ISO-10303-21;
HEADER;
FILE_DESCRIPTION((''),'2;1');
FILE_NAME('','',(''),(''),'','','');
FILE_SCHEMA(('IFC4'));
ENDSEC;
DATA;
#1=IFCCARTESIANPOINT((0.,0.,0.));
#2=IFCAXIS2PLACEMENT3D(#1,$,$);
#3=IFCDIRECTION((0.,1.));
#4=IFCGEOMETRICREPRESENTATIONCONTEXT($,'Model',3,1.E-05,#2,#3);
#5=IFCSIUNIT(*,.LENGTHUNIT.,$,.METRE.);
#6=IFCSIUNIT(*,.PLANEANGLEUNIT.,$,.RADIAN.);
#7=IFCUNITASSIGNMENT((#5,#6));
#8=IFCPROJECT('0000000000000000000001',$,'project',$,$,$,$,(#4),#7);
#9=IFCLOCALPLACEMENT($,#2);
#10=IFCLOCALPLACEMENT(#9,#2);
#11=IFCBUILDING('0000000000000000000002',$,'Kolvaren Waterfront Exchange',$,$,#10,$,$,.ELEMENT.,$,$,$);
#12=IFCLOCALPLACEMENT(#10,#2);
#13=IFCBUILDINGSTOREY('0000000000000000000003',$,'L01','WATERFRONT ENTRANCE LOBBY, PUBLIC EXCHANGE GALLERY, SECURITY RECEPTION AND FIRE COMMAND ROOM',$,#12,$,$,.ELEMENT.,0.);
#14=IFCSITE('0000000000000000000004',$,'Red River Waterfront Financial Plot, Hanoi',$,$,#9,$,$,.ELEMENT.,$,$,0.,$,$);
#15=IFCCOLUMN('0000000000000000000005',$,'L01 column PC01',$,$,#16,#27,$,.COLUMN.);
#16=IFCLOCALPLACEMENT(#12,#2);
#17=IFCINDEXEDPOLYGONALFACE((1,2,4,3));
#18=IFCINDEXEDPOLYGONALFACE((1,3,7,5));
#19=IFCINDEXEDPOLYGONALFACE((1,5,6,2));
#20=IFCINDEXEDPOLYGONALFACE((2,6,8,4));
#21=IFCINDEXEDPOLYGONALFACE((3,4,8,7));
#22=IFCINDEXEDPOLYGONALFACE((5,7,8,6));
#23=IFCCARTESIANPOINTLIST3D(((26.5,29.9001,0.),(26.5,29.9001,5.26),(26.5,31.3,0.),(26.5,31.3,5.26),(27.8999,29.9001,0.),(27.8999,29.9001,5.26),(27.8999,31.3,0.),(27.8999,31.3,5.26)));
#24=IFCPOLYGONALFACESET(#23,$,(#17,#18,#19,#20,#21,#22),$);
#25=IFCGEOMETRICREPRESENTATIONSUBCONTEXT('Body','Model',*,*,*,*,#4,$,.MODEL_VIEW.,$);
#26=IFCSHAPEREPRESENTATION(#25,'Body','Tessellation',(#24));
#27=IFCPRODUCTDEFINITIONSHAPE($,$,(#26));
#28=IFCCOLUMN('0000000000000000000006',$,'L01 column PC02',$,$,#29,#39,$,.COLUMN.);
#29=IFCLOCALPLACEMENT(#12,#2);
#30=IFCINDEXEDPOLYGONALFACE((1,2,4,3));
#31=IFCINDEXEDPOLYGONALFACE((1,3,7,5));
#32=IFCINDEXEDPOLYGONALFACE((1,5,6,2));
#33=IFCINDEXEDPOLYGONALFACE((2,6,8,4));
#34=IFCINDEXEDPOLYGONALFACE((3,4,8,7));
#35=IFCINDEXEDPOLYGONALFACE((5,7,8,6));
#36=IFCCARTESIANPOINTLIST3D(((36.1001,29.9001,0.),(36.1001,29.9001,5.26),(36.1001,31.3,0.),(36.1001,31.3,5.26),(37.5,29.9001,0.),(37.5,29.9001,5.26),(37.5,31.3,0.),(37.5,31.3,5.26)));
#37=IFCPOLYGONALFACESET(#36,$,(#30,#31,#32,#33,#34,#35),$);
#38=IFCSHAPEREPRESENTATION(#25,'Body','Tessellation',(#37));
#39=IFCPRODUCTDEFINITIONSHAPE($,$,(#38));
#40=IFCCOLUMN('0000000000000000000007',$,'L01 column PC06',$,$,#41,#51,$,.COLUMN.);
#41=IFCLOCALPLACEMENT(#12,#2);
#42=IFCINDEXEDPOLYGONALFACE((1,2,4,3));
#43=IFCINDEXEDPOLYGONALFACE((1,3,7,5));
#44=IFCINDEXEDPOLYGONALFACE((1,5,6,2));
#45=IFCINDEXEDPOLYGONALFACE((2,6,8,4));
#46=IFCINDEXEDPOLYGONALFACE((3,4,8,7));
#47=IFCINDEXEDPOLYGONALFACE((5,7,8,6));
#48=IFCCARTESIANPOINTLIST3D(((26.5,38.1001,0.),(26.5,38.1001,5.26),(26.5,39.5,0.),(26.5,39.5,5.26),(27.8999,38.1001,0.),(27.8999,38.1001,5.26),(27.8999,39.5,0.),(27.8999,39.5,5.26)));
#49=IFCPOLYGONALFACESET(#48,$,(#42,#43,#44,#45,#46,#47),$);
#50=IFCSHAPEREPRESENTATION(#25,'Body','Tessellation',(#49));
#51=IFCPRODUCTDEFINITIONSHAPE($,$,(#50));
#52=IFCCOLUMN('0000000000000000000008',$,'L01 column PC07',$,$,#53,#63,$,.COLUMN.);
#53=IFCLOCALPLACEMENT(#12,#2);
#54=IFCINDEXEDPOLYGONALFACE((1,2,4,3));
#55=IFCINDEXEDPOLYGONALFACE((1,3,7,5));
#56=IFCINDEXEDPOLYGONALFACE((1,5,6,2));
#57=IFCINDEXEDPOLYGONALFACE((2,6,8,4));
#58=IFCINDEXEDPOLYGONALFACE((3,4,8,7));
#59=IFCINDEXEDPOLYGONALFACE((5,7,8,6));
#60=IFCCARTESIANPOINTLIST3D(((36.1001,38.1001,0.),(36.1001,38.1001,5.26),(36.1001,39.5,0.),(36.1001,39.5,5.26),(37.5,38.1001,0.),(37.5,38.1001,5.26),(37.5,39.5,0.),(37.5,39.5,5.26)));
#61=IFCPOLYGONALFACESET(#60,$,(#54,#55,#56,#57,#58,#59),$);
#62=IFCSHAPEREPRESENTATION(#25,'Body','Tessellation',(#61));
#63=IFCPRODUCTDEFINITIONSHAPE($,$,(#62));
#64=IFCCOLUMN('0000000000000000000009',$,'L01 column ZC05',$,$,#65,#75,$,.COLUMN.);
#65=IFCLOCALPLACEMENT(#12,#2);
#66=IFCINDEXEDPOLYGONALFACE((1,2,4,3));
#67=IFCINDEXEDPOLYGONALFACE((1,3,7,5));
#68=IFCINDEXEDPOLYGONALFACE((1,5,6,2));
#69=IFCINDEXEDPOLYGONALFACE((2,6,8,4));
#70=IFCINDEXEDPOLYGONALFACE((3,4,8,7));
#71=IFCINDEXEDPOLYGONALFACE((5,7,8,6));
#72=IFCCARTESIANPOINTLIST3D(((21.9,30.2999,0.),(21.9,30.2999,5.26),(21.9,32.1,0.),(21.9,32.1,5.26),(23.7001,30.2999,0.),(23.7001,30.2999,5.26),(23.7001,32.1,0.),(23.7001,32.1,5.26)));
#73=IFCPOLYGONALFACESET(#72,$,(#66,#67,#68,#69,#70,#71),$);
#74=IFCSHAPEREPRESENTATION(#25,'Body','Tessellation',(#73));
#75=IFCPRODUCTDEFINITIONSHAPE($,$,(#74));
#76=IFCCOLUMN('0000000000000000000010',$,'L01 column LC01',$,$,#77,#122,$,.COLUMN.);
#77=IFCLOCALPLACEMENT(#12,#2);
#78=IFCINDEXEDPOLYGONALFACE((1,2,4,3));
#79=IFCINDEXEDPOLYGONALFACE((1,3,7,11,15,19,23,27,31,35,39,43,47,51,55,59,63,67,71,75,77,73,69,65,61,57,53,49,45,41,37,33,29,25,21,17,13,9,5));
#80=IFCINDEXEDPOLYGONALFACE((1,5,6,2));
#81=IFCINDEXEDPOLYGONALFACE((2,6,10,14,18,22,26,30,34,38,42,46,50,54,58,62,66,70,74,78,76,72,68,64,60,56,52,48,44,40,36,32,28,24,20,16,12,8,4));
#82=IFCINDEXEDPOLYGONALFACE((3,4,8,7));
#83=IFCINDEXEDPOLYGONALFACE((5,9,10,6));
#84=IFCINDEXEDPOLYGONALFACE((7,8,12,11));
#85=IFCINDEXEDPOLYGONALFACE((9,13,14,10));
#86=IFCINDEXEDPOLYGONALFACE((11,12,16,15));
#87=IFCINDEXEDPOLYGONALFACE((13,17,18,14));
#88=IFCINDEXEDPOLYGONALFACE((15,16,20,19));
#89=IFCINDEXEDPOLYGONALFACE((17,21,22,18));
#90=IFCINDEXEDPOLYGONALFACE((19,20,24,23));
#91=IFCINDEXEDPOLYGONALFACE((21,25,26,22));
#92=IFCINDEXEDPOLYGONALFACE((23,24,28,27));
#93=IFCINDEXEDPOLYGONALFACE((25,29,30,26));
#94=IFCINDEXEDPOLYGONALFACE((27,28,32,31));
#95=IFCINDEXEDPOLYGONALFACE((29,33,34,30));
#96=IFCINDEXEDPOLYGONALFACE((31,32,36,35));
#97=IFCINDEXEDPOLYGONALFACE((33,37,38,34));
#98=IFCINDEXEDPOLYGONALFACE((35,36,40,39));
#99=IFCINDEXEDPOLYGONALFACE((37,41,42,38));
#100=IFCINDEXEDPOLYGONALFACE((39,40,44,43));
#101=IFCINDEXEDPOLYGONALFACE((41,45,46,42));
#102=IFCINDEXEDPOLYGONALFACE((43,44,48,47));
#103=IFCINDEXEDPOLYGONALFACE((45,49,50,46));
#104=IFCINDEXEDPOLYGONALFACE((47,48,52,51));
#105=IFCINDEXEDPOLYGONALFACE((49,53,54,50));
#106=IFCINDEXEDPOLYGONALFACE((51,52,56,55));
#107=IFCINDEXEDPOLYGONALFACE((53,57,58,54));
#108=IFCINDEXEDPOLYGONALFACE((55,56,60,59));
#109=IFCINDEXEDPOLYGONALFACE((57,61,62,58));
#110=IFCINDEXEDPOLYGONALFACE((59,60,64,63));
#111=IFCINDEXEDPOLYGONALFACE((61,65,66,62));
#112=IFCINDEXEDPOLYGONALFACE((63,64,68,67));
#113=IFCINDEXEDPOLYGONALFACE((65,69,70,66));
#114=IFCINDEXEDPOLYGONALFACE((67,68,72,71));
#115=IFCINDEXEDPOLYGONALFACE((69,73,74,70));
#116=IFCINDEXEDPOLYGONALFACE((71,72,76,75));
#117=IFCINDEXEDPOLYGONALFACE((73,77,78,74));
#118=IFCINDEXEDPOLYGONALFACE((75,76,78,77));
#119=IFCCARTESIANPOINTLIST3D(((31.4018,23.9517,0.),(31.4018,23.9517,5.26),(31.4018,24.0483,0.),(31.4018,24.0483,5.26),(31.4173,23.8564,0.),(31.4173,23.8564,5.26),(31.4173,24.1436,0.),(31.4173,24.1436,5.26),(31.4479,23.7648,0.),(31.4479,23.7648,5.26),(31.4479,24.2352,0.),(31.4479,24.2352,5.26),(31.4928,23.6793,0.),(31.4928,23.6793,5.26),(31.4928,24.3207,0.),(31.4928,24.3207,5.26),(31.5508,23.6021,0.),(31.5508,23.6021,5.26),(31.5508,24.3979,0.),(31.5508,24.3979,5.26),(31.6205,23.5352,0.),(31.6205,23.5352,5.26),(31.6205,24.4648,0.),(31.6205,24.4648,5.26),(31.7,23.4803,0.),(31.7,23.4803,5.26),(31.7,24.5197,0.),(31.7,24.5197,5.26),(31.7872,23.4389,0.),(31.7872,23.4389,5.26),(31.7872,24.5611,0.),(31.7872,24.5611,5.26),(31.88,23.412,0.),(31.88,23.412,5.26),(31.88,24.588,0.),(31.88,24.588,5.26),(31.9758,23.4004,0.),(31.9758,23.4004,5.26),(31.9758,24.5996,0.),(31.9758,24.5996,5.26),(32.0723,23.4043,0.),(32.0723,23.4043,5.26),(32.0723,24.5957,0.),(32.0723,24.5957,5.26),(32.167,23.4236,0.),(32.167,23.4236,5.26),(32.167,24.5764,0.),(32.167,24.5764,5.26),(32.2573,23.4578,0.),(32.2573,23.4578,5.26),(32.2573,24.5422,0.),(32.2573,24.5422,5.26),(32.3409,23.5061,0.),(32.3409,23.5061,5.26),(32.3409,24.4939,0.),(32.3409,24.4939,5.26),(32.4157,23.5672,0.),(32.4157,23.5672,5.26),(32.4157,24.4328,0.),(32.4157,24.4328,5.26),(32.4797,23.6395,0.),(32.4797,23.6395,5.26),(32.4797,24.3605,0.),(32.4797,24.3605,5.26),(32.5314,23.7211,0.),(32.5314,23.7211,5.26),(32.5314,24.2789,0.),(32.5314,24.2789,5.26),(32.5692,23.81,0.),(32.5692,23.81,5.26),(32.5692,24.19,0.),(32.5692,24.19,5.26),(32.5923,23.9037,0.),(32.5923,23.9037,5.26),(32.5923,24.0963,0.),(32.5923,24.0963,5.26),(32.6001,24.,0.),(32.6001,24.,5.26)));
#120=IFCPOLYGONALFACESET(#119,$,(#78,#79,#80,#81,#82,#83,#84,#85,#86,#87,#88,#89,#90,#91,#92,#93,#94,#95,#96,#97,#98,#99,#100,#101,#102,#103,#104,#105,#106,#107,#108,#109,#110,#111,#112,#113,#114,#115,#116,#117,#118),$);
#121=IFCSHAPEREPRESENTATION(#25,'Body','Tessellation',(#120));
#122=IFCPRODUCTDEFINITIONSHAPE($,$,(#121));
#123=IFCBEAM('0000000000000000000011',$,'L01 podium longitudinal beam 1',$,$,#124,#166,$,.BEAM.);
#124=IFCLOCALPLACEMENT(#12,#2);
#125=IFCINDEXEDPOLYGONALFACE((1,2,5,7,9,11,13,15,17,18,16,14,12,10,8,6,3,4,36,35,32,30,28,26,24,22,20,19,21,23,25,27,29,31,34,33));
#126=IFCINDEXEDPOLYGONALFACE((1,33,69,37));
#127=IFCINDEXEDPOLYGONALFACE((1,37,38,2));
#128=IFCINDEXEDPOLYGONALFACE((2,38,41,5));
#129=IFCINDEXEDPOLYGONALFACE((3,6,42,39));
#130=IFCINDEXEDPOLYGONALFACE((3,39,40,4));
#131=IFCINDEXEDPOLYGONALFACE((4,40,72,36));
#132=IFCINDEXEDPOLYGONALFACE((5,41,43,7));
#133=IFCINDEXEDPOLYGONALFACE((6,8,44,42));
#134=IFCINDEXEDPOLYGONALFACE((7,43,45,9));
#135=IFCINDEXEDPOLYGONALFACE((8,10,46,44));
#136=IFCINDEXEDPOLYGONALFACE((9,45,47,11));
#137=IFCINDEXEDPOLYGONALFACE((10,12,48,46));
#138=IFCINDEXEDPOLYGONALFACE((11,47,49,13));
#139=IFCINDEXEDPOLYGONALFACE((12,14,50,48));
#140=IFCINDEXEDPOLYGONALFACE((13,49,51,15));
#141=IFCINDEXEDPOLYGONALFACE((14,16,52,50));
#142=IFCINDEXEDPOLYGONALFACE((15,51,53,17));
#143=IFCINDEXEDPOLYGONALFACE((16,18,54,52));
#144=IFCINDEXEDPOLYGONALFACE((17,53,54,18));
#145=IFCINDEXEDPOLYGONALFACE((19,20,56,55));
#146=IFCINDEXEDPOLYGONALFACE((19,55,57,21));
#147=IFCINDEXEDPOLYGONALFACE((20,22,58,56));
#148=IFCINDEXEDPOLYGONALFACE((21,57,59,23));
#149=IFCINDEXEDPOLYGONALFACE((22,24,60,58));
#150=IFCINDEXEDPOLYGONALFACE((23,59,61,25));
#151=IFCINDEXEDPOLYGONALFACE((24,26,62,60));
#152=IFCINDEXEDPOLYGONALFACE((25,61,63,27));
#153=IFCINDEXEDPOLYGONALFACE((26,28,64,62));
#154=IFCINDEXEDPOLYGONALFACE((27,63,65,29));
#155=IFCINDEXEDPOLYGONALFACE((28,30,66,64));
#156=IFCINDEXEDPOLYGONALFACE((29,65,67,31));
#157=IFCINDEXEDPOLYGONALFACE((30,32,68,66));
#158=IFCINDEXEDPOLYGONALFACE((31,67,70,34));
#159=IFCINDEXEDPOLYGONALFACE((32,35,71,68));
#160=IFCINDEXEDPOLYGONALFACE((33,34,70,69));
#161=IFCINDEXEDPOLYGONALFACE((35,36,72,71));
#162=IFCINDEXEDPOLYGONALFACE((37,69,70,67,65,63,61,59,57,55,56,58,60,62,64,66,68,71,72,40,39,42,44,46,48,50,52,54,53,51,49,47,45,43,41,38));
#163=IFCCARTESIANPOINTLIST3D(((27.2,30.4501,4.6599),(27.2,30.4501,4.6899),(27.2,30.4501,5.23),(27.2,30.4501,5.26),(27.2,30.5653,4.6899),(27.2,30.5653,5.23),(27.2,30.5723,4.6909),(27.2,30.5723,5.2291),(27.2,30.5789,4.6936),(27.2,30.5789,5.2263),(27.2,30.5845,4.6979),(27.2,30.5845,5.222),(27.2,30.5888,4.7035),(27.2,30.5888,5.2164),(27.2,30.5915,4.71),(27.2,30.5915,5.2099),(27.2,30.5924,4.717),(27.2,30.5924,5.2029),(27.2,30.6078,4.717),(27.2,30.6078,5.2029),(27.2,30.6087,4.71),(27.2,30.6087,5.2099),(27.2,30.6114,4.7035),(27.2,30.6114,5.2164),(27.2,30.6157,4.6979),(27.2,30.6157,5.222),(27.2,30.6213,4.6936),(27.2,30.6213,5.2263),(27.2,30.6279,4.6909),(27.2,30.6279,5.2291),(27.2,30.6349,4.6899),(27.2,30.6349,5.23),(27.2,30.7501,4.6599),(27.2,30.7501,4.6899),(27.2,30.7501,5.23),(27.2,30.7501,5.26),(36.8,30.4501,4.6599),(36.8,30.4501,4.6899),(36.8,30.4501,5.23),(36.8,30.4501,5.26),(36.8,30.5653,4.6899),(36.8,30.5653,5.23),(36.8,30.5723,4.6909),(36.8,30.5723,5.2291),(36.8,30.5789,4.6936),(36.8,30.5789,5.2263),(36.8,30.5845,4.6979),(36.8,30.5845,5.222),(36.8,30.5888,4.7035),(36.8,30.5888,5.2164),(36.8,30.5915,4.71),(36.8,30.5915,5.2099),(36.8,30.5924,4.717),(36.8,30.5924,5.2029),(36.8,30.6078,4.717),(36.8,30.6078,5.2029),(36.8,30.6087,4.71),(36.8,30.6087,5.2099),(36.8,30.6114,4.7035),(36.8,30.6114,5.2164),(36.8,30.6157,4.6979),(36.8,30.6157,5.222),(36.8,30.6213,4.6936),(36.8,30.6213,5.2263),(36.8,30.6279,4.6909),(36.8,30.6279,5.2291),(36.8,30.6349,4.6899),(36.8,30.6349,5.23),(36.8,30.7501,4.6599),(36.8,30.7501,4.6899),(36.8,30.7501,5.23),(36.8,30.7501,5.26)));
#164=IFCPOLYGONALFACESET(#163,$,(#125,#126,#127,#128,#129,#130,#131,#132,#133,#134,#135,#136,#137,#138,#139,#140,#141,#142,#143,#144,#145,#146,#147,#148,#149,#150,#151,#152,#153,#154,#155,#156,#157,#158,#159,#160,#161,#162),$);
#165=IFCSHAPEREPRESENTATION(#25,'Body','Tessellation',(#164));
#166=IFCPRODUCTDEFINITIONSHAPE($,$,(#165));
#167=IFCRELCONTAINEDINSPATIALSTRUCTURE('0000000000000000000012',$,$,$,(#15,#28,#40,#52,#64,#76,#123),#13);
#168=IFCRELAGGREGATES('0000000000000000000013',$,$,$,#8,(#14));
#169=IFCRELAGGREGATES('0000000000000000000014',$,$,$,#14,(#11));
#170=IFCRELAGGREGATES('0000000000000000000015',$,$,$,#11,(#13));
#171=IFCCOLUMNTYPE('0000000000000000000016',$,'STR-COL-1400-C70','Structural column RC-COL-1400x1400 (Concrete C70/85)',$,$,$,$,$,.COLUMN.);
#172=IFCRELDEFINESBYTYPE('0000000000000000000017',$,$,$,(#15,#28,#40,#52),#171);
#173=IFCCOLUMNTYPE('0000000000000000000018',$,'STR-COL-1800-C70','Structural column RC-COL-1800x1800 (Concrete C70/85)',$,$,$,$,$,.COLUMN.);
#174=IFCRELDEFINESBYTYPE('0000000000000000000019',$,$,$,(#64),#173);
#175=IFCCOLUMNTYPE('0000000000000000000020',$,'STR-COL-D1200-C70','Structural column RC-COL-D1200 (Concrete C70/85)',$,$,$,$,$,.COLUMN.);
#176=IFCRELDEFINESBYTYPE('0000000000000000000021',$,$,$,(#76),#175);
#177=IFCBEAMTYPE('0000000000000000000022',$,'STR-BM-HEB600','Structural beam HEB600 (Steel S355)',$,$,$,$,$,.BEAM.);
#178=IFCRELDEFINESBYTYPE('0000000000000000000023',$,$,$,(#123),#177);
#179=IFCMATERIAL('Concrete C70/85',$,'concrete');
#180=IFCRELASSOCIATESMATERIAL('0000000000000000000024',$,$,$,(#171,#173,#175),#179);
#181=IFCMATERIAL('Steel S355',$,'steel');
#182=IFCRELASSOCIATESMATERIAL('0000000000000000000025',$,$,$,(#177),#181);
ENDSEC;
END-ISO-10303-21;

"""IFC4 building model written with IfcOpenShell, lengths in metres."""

from ifc_helpers import new_model, si_unit, direction, frame, origin, origin_2d, place, context, subcontext, project, spatial, rectangle, circle, i_section, extrude, material, material_profile, profile_set, type_object, element, save


model = new_model("IFC4")

# Units and contexts
model_context = context("Model", 3, precision=1e-05, world=origin(), true_north=direction((0.0, 1.0)))
body_context = subcontext(model_context, "Body", "Model", "MODEL_VIEW")
ifc_project = project(units=[si_unit("LENGTHUNIT", "METRE"), si_unit("PLANEANGLEUNIT", "RADIAN")], contexts=[model_context])

# Site, building, storey
site_placement = place(None, origin())
site = spatial("IfcSite", under=ifc_project, at=site_placement, Name="Red River Waterfront Financial Plot, Hanoi", CompositionType="ELEMENT", RefElevation=0.0)
building_placement = place(site_placement, origin())
building = spatial("IfcBuilding", under=site, at=building_placement, Name="Kolvaren Waterfront Exchange", CompositionType="ELEMENT")
storey_placement = place(building_placement, origin())
storey = spatial("IfcBuildingStorey", under=building, at=storey_placement, Name="L01", Description="WATERFRONT ENTRANCE LOBBY, PUBLIC EXCHANGE GALLERY, SECURITY RECEPTION AND FIRE COMMAND ROOM", CompositionType="ELEMENT", Elevation=0.0)

# Columns
ifc_material_1 = material(Name="Concrete C70/85", Category="concrete")
ifc_material_profile_1 = material_profile(ifc_material_1, rectangle(XDim=1.3999, YDim=1.3999, at=origin_2d()), Name="RC-COL-1400x1400")
ifc_profile_set_1 = profile_set([ifc_material_profile_1], Name="Concrete C70/85")
column_type_1 = type_object("IfcColumnType", Name="STR-COL-1400-C70", Description="Structural column RC-COL-1400x1400 (Concrete C70/85)", PredefinedType="COLUMN", material=ifc_profile_set_1)
for number, where, z_axis, x_axis, name in (
    (1, (27.2, 30.6001, 0.0), (0.0, 0.0, 1.0), (1.0, 0.0, 0.0), "L01 column PC01"),
    (2, (36.8, 30.6001, 0.0), (0.0, 0.0, 1.0), (1.0, 0.0, 0.0), "L01 column PC02"),
    (3, (27.2, 38.8, 0.0), (0.0, 0.0, 1.0), (1.0, 0.0, 0.0), "L01 column PC06"),
    (4, (36.8, 38.8, 0.0), (0.0, 0.0, 1.0), (1.0, 0.0, 0.0), "L01 column PC07"),
):
    element("IfcColumn", number, at=place(storey_placement, frame(where, z_axis=z_axis, x_axis=x_axis)), inside=storey, type_object=column_type_1, Name=name, PredefinedType="COLUMN", context=body_context, shape_type="SweptSolid", body=[
        extrude(rectangle(XDim=1.3999, YDim=1.3999, at=origin_2d()), origin(), (0.0, 0.0, 1.0), 5.26),
    ])
ifc_material_profile_2 = material_profile(ifc_material_1, rectangle(XDim=1.8, YDim=1.8, at=origin_2d()), Name="RC-COL-1800x1800")
ifc_profile_set_2 = profile_set([ifc_material_profile_2], Name="Concrete C70/85")
column_type_2 = type_object("IfcColumnType", Name="STR-COL-1800-C70", Description="Structural column RC-COL-1800x1800 (Concrete C70/85)", PredefinedType="COLUMN", material=ifc_profile_set_2)
column_1_placement = place(storey_placement, frame((22.8, 31.2, 0.0), z_axis=(0.0, 0.0, 1.0), x_axis=(1.0, 0.0, 0.0)))
element("IfcColumn", 5, at=column_1_placement, inside=storey, type_object=column_type_2, Name="L01 column ZC05", PredefinedType="COLUMN", context=body_context, shape_type="SweptSolid", body=[
    extrude(rectangle(XDim=1.8, YDim=1.8, at=origin_2d()), origin(), (0.0, 0.0, 1.0), 5.26),
])
ifc_material_profile_3 = material_profile(ifc_material_1, circle(Radius=0.6001, at=origin_2d()), Name="RC-COL-D1200")
ifc_profile_set_3 = profile_set([ifc_material_profile_3], Name="Concrete C70/85")
column_type_3 = type_object("IfcColumnType", Name="STR-COL-D1200-C70", Description="Structural column RC-COL-D1200 (Concrete C70/85)", PredefinedType="COLUMN", material=ifc_profile_set_3)
column_2_placement = place(storey_placement, frame((32.0, 24.0, 0.0), z_axis=(0.0, 0.0, 1.0), x_axis=(1.0, 0.0, 0.0)))
element("IfcColumn", 6, at=column_2_placement, inside=storey, type_object=column_type_3, Name="L01 column LC01", PredefinedType="COLUMN", context=body_context, shape_type="SweptSolid", body=[
    extrude(circle(Radius=0.6001, at=origin_2d()), origin(), (0.0, 0.0, 1.0), 5.26),
])

# Beam
ifc_material_2 = material(Name="Steel S355", Category="steel")
ifc_material_profile_4 = material_profile(ifc_material_2, i_section(OverallWidth=0.3, OverallDepth=0.6001, WebThickness=0.0154, FlangeThickness=0.03, FilletRadius=0.0271, at=origin_2d()), Name="HEB600")
ifc_profile_set_4 = profile_set([ifc_material_profile_4], Name="Steel S355")
beam_type_1 = type_object("IfcBeamType", Name="STR-BM-HEB600", Description="Structural beam HEB600 (Steel S355)", PredefinedType="BEAM", material=ifc_profile_set_4)
beam_1_placement = place(storey_placement, frame((27.2, 30.6001, 4.96), z_axis=(1.0, 0.0, 0.0), x_axis=(0.0, 1.0, 0.0)))
element("IfcBeam", 7, at=beam_1_placement, inside=storey, type_object=beam_type_1, Name="L01 podium longitudinal beam 1", PredefinedType="BEAM", context=body_context, shape_type="SweptSolid", body=[
    extrude(i_section(OverallWidth=0.3, OverallDepth=0.6001, WebThickness=0.0154, FlangeThickness=0.03, FilletRadius=0.0271, at=origin_2d()), origin(), (0.0, 0.0, 1.0), 9.6001),
])

save(model, "model.ifc")
